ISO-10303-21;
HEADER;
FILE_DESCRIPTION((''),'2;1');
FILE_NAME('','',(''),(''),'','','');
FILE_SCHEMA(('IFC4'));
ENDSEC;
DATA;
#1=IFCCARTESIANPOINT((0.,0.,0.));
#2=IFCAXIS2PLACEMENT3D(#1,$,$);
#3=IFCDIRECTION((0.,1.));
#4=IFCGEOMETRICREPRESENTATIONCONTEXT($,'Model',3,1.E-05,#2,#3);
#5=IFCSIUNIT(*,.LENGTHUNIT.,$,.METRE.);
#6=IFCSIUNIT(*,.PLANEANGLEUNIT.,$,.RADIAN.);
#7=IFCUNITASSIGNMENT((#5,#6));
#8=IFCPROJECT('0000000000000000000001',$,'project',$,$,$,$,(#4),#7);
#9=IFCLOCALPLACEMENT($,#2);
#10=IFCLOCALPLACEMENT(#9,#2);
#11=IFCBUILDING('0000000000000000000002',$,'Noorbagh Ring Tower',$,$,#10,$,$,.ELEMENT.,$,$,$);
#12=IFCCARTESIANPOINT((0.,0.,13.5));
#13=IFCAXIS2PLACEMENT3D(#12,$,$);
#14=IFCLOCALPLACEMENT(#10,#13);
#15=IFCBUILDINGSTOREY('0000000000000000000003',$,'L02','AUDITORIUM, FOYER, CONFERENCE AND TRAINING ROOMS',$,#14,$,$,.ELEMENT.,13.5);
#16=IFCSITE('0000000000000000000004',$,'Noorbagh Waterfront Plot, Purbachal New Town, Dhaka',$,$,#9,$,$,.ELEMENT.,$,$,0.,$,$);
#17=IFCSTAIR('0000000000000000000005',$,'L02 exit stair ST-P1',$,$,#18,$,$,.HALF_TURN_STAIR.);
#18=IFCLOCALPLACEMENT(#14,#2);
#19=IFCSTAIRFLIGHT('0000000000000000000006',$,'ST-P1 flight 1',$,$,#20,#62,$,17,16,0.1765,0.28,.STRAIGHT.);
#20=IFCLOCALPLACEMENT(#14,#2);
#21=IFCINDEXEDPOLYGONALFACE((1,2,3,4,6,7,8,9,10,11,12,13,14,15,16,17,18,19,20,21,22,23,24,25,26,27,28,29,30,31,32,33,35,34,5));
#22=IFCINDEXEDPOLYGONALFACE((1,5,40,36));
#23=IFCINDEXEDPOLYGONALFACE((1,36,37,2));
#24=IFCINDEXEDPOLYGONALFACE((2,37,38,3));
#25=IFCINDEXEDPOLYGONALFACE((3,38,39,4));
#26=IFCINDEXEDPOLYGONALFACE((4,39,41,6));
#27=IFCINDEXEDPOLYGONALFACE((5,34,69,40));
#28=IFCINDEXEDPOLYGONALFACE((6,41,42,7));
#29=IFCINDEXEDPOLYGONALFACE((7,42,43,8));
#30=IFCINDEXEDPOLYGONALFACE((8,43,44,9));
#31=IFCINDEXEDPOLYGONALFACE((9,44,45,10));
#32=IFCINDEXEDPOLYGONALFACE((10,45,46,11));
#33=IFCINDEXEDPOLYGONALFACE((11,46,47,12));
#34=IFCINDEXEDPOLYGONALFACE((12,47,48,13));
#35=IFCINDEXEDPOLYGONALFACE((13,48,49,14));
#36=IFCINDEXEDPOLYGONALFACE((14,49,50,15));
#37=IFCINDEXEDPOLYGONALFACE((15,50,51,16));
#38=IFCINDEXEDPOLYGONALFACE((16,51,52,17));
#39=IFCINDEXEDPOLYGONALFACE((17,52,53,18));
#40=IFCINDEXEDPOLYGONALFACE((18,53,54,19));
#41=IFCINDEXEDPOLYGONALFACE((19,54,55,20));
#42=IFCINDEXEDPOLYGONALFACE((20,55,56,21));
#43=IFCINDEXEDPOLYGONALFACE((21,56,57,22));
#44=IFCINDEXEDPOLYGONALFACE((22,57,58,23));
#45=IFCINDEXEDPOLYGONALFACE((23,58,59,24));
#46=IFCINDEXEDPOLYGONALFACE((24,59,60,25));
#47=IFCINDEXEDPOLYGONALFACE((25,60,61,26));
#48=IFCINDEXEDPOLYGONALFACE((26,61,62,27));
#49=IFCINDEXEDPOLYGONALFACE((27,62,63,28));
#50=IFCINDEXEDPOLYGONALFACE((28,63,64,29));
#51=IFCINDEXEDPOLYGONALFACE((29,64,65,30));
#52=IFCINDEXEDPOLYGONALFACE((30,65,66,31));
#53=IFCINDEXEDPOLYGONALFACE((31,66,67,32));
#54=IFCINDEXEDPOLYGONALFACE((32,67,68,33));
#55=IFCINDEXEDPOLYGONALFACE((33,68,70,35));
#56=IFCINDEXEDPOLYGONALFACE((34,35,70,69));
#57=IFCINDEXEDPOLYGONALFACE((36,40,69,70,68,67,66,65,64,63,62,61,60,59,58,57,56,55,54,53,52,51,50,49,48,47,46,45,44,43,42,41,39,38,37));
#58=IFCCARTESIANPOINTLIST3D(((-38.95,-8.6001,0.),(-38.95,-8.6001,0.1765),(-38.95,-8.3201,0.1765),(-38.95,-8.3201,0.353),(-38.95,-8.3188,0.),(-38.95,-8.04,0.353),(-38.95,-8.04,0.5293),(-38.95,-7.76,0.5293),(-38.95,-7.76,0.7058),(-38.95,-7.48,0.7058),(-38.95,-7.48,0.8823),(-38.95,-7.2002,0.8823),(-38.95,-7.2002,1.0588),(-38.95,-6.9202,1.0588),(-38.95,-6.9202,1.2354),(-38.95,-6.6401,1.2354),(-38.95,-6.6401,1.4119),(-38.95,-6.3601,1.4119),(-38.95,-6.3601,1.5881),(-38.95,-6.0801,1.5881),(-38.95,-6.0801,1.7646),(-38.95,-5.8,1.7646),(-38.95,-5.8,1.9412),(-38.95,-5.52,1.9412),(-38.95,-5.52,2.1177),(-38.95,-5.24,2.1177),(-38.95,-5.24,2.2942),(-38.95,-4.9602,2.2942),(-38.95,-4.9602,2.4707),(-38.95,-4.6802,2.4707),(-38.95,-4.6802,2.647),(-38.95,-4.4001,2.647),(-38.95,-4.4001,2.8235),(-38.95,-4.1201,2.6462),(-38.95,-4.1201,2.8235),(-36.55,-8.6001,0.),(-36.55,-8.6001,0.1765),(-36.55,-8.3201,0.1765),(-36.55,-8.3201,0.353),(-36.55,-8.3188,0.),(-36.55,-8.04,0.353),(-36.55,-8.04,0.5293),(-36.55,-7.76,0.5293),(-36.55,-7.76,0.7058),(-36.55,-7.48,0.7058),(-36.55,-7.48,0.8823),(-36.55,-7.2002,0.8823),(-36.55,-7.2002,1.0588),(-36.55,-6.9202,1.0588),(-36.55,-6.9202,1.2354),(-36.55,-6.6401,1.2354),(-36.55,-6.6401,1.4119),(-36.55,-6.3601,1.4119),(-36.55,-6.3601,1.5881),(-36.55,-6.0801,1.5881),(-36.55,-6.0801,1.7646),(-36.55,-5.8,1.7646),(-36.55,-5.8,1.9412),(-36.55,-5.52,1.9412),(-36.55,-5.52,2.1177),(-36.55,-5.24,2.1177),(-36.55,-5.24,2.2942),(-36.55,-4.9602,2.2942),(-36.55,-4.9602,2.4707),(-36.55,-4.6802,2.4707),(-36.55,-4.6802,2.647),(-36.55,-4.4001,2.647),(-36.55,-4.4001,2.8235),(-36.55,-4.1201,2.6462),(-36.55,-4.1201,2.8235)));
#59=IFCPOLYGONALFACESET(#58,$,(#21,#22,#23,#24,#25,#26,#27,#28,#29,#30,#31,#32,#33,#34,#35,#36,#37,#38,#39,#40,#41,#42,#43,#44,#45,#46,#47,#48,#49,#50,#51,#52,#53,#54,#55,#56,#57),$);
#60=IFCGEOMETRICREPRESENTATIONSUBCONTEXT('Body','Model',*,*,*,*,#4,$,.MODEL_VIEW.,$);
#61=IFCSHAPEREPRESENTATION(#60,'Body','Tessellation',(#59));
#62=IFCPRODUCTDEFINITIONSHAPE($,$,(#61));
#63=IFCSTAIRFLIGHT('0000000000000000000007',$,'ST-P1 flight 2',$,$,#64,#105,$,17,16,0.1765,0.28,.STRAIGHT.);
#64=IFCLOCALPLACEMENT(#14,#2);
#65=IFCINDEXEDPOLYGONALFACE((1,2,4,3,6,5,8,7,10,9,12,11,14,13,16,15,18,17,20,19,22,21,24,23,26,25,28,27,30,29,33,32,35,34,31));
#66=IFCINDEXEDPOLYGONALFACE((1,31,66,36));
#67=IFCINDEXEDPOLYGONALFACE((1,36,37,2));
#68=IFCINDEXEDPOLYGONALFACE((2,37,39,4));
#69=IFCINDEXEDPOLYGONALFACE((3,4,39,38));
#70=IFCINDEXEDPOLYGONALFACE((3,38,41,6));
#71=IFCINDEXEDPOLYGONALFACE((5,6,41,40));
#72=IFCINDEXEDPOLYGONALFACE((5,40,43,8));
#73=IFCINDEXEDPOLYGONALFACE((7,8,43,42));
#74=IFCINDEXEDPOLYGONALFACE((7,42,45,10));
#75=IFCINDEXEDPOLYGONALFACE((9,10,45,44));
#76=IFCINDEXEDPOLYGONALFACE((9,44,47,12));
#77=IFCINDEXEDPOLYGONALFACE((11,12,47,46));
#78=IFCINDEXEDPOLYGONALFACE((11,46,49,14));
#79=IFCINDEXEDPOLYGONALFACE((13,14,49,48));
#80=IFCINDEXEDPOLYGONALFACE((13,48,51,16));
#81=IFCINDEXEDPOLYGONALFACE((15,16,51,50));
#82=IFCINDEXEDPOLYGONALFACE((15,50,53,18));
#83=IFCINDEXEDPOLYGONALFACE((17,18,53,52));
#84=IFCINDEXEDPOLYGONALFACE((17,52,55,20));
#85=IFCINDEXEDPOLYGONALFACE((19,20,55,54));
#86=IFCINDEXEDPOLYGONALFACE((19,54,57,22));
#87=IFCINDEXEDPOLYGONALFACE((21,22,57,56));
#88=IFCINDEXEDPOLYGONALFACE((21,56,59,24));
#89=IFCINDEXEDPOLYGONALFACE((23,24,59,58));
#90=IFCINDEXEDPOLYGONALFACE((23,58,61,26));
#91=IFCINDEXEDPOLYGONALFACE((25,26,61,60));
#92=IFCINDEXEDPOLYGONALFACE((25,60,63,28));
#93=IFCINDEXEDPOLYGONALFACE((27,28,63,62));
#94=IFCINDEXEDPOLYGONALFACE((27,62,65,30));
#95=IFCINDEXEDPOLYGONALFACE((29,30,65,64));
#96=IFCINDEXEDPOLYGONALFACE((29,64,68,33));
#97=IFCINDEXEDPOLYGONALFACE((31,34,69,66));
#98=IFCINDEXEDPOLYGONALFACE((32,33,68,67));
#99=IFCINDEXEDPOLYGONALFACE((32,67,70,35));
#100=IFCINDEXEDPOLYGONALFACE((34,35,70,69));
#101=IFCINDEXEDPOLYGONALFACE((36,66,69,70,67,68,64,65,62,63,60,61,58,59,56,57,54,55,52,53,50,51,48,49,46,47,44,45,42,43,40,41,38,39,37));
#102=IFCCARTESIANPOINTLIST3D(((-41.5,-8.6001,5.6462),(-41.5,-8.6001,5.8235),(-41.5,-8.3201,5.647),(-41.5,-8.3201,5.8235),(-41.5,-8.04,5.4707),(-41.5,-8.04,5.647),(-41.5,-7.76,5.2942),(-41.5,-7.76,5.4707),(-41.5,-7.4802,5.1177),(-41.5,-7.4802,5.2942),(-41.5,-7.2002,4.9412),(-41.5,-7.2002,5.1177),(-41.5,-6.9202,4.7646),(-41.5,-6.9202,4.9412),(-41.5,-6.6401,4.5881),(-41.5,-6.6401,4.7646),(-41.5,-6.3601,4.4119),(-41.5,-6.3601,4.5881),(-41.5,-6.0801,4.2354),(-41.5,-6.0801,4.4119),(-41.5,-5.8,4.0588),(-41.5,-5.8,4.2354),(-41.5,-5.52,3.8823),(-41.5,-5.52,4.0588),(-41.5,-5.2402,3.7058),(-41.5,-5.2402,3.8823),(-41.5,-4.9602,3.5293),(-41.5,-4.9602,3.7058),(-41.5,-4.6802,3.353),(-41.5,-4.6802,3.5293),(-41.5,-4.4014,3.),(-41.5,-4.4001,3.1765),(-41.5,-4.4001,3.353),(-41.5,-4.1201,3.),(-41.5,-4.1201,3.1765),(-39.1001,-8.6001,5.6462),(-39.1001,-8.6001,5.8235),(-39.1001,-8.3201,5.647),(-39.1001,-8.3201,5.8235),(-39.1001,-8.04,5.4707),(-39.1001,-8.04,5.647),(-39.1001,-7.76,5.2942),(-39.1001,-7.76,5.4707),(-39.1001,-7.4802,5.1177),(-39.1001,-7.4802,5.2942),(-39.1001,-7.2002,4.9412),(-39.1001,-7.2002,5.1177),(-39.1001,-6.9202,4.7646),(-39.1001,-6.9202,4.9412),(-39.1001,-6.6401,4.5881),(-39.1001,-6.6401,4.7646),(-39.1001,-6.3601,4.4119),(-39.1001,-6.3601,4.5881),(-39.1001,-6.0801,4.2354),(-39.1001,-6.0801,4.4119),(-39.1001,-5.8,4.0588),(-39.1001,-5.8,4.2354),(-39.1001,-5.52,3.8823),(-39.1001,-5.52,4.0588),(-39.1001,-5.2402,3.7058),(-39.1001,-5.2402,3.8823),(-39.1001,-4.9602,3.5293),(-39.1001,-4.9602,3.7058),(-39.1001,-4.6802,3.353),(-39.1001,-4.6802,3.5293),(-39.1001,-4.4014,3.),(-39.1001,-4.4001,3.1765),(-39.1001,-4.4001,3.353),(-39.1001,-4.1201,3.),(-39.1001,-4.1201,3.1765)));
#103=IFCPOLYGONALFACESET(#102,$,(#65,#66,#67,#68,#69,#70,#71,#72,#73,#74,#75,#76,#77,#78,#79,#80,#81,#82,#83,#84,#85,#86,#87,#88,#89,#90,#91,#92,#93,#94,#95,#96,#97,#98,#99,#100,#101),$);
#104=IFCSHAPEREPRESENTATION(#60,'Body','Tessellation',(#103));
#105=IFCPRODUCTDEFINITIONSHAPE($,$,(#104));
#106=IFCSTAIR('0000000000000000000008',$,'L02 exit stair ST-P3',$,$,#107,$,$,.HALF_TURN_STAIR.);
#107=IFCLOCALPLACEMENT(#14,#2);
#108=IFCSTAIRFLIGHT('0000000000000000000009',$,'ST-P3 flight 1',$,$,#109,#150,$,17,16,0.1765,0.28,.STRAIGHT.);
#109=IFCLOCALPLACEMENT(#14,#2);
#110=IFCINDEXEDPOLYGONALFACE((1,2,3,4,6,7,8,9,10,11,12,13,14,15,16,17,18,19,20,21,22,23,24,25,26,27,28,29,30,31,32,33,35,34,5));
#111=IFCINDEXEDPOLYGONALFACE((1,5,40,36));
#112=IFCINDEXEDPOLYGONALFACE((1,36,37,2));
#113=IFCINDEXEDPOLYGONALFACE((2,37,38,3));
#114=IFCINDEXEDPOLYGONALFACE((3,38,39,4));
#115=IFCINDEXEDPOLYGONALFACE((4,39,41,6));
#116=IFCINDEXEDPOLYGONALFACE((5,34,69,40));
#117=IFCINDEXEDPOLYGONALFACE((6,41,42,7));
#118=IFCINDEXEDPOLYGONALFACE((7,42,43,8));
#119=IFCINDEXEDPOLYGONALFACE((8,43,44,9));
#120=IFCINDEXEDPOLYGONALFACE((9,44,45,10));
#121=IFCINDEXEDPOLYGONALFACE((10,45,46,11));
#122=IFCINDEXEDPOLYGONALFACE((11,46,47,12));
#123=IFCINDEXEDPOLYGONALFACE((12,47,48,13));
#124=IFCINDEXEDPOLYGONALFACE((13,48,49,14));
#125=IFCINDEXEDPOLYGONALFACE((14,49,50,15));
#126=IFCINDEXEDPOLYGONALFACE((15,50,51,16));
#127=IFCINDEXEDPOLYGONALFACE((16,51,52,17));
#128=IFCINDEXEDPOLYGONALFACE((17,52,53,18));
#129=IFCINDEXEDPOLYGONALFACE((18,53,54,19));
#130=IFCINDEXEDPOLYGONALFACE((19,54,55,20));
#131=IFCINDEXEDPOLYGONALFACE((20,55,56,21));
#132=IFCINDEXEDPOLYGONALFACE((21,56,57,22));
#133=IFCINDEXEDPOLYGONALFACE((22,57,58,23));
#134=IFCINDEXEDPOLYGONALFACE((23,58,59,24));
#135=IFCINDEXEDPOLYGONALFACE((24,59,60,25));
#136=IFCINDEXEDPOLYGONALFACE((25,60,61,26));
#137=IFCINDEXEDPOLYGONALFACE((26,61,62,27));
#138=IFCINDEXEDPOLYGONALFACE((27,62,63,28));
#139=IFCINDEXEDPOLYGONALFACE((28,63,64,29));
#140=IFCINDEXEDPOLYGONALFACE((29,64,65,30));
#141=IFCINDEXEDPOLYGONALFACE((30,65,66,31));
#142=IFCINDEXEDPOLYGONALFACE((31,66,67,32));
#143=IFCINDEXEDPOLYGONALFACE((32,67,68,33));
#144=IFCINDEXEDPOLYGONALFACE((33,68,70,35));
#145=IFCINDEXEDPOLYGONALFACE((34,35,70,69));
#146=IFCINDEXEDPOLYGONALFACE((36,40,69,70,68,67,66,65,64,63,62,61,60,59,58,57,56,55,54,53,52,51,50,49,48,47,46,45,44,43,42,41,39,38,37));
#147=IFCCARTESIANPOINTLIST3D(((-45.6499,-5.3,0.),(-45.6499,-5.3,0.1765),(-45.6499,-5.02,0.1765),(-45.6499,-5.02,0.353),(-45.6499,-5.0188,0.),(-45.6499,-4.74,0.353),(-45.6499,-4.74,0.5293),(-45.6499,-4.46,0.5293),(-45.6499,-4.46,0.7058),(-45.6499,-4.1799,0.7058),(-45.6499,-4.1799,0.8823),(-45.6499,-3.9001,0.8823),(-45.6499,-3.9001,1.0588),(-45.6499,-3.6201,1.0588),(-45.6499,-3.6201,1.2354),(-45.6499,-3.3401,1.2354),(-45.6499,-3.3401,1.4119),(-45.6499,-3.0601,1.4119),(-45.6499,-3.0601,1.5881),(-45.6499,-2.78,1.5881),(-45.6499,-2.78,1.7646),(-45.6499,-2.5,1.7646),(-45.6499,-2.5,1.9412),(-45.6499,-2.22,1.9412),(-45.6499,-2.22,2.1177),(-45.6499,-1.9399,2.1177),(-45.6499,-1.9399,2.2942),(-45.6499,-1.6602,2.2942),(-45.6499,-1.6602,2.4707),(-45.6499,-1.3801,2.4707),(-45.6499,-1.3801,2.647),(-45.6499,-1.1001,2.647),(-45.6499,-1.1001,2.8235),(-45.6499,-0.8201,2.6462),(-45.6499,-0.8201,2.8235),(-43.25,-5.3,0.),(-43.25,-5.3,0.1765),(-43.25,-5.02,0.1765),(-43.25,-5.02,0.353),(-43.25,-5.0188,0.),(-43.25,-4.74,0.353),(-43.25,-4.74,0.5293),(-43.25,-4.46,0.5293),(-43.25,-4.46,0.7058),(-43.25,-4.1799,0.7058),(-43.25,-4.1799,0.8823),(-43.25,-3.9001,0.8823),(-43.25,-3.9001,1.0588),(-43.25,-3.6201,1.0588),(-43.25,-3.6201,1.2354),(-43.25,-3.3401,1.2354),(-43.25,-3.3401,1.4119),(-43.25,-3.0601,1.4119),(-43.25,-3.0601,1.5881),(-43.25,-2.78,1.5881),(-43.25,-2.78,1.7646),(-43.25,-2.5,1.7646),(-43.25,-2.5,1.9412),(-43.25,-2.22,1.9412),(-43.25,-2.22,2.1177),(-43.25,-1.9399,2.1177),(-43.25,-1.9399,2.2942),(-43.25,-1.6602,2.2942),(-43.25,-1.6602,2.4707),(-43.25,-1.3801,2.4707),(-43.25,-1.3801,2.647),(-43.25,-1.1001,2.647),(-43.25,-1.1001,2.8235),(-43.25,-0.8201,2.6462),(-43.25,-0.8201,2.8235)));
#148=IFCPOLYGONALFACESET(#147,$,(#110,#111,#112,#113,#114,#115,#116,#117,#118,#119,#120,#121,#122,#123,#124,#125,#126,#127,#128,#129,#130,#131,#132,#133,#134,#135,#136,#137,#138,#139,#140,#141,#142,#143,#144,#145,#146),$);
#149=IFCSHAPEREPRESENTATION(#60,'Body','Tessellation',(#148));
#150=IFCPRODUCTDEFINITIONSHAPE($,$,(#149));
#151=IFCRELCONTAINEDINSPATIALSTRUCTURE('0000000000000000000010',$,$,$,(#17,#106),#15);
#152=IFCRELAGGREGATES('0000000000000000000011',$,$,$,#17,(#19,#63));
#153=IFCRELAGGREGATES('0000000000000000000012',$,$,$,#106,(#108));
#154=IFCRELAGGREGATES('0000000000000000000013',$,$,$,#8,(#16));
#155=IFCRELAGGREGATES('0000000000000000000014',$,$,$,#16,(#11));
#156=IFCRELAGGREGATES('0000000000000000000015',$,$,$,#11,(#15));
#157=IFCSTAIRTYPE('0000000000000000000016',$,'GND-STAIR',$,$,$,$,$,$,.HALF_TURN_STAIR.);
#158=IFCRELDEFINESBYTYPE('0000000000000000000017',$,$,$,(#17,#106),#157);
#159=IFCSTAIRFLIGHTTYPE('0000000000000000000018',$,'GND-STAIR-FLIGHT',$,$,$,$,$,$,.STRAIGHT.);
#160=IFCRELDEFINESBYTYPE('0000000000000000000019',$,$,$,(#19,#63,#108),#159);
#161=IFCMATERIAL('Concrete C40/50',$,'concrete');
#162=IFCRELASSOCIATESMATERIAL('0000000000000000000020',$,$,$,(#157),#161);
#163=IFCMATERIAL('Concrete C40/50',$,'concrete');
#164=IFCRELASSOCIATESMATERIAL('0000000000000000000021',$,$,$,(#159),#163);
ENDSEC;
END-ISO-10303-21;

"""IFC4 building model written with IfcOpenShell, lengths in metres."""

from ifc_helpers import new_model, si_unit, direction, frame, origin, place, context, subcontext, project, spatial, polyline, outline, extrude, material, type_object, element, aggregate, save


model = new_model("IFC4")

# Units and contexts
model_context = context("Model", 3, precision=1e-05, world=origin(), true_north=direction((0.0, 1.0)))
body_context = subcontext(model_context, "Body", "Model", "MODEL_VIEW")
ifc_project = project(units=[si_unit("LENGTHUNIT", "METRE"), si_unit("PLANEANGLEUNIT", "RADIAN")], contexts=[model_context])

# Site, building, storey
site_placement = place(None, origin())
site = spatial("IfcSite", under=ifc_project, at=site_placement, Name="Noorbagh Waterfront Plot, Purbachal New Town, Dhaka", CompositionType="ELEMENT", RefElevation=0.0)
building_placement = place(site_placement, origin())
building = spatial("IfcBuilding", under=site, at=building_placement, Name="Noorbagh Ring Tower", CompositionType="ELEMENT")
storey_placement = place(building_placement, frame((0.0, 0.0, 13.5)))
storey = spatial("IfcBuildingStorey", under=building, at=storey_placement, Name="L02", Description="AUDITORIUM, FOYER, CONFERENCE AND TRAINING ROOMS", CompositionType="ELEMENT", Elevation=13.5)

# Stair, stair flights
ifc_material_1 = material(Name="Concrete C40/50", Category="concrete")
stair_type = type_object("IfcStairType", Name="GND-STAIR", PredefinedType="HALF_TURN_STAIR", material=ifc_material_1)
stair_1_placement = place(storey_placement, origin())
stair_1 = element("IfcStair", 1, at=stair_1_placement, inside=storey, type_object=stair_type, Name="L02 exit stair ST-P1", PredefinedType="HALF_TURN_STAIR")
ifc_material_2 = material(Name="Concrete C40/50", Category="concrete")
stair_flight_type = type_object("IfcStairFlightType", Name="GND-STAIR-FLIGHT", PredefinedType="STRAIGHT", material=ifc_material_2)
stair_flight_1_placement = place(storey_placement, frame((-37.75, -8.6001, 0.0), z_axis=(0.0, 0.0, 1.0), x_axis=(0.0, 1.0, 0.0)))
stair_flight_1 = element("IfcStairFlight", 2, at=stair_flight_1_placement, type_object=stair_flight_type, Name="ST-P1 flight 1", NumberOfRisers=17, NumberOfTreads=16, PredefinedType="STRAIGHT", RiserHeight=0.1765, TreadLength=0.28, context=body_context, shape_type="SweptSolid", body=[
    extrude(outline(polyline([(0.0, 0.0), (0.0, 0.1765), (0.28, 0.1765), (0.28, 0.353), (0.5601, 0.353), (0.5601, 0.5293), (0.8401, 0.5293), (0.8401, 0.7058), (1.1201, 0.7058), (1.1201, 0.8823), (1.3999, 0.8823), (1.3999, 1.0588), (1.6799, 1.0588), (1.6799, 1.2354), (1.96, 1.2354), (1.96, 1.4119), (2.24, 1.4119), (2.24, 1.5881), (2.52, 1.5881), (2.52, 1.7646), (2.8, 1.7646), (2.8, 1.9412), (3.0801, 1.9412), (3.0801, 2.1177), (3.3601, 2.1177), (3.3601, 2.2942), (3.6399, 2.2942), (3.6399, 2.4707), (3.9199, 2.4707), (3.9199, 2.647), (4.2, 2.647), (4.2, 2.8235), (4.48, 2.8235), (4.48, 3.0), (4.48, 2.6462), (0.2812, 0.0), (0.0, 0.0)])), frame((0.0, 1.2, 0.0), z_axis=(0.0, -1.0, 0.0), x_axis=(1.0, 0.0, 0.0)), (0.0, 0.0, 1.0), 2.3999),
])
stair_flight_2_placement = place(storey_placement, frame((-40.3, -4.1201, 3.0), z_axis=(0.0, 0.0, 1.0), x_axis=(0.0, -1.0, 0.0)))
stair_flight_2 = element("IfcStairFlight", 3, at=stair_flight_2_placement, type_object=stair_flight_type, Name="ST-P1 flight 2", NumberOfRisers=17, NumberOfTreads=16, PredefinedType="STRAIGHT", RiserHeight=0.1765, TreadLength=0.28, context=body_context, shape_type="SweptSolid", body=[
    extrude(outline(polyline([(0.0, 0.0), (0.0, 0.1765), (0.28, 0.1765), (0.28, 0.353), (0.5601, 0.353), (0.5601, 0.5293), (0.8401, 0.5293), (0.8401, 0.7058), (1.1201, 0.7058), (1.1201, 0.8823), (1.3999, 0.8823), (1.3999, 1.0588), (1.6799, 1.0588), (1.6799, 1.2354), (1.96, 1.2354), (1.96, 1.4119), (2.24, 1.4119), (2.24, 1.5881), (2.52, 1.5881), (2.52, 1.7646), (2.8, 1.7646), (2.8, 1.9412), (3.0801, 1.9412), (3.0801, 2.1177), (3.3601, 2.1177), (3.3601, 2.2942), (3.6399, 2.2942), (3.6399, 2.4707), (3.9199, 2.4707), (3.9199, 2.647), (4.2, 2.647), (4.2, 2.8235), (4.48, 2.8235), (4.48, 3.0), (4.48, 2.6462), (0.2812, 0.0), (0.0, 0.0)])), frame((0.0, 1.2, 0.0), z_axis=(0.0, -1.0, 0.0), x_axis=(1.0, 0.0, 0.0)), (0.0, 0.0, 1.0), 2.3999),
])
aggregate(stair_1, [stair_flight_1, stair_flight_2])

# Stair, stair flight
stair_2_placement = place(storey_placement, origin())
stair_2 = element("IfcStair", 4, at=stair_2_placement, inside=storey, type_object=stair_type, Name="L02 exit stair ST-P3", PredefinedType="HALF_TURN_STAIR")
stair_flight_3_placement = place(storey_placement, frame((-44.45, -5.3, 0.0), z_axis=(0.0, 0.0, 1.0), x_axis=(0.0, 1.0, 0.0)))
stair_flight_3 = element("IfcStairFlight", 5, at=stair_flight_3_placement, type_object=stair_flight_type, Name="ST-P3 flight 1", NumberOfRisers=17, NumberOfTreads=16, PredefinedType="STRAIGHT", RiserHeight=0.1765, TreadLength=0.28, context=body_context, shape_type="SweptSolid", body=[
    extrude(outline(polyline([(0.0, 0.0), (0.0, 0.1765), (0.28, 0.1765), (0.28, 0.353), (0.5601, 0.353), (0.5601, 0.5293), (0.8401, 0.5293), (0.8401, 0.7058), (1.1201, 0.7058), (1.1201, 0.8823), (1.3999, 0.8823), (1.3999, 1.0588), (1.6799, 1.0588), (1.6799, 1.2354), (1.96, 1.2354), (1.96, 1.4119), (2.24, 1.4119), (2.24, 1.5881), (2.52, 1.5881), (2.52, 1.7646), (2.8, 1.7646), (2.8, 1.9412), (3.0801, 1.9412), (3.0801, 2.1177), (3.3601, 2.1177), (3.3601, 2.2942), (3.6399, 2.2942), (3.6399, 2.4707), (3.9199, 2.4707), (3.9199, 2.647), (4.2, 2.647), (4.2, 2.8235), (4.48, 2.8235), (4.48, 3.0), (4.48, 2.6462), (0.2812, 0.0), (0.0, 0.0)])), frame((0.0, 1.2, 0.0), z_axis=(0.0, -1.0, 0.0), x_axis=(1.0, 0.0, 0.0)), (0.0, 0.0, 1.0), 2.3999),
])
aggregate(stair_2, [stair_flight_3])

save(model, "model.ifc")
